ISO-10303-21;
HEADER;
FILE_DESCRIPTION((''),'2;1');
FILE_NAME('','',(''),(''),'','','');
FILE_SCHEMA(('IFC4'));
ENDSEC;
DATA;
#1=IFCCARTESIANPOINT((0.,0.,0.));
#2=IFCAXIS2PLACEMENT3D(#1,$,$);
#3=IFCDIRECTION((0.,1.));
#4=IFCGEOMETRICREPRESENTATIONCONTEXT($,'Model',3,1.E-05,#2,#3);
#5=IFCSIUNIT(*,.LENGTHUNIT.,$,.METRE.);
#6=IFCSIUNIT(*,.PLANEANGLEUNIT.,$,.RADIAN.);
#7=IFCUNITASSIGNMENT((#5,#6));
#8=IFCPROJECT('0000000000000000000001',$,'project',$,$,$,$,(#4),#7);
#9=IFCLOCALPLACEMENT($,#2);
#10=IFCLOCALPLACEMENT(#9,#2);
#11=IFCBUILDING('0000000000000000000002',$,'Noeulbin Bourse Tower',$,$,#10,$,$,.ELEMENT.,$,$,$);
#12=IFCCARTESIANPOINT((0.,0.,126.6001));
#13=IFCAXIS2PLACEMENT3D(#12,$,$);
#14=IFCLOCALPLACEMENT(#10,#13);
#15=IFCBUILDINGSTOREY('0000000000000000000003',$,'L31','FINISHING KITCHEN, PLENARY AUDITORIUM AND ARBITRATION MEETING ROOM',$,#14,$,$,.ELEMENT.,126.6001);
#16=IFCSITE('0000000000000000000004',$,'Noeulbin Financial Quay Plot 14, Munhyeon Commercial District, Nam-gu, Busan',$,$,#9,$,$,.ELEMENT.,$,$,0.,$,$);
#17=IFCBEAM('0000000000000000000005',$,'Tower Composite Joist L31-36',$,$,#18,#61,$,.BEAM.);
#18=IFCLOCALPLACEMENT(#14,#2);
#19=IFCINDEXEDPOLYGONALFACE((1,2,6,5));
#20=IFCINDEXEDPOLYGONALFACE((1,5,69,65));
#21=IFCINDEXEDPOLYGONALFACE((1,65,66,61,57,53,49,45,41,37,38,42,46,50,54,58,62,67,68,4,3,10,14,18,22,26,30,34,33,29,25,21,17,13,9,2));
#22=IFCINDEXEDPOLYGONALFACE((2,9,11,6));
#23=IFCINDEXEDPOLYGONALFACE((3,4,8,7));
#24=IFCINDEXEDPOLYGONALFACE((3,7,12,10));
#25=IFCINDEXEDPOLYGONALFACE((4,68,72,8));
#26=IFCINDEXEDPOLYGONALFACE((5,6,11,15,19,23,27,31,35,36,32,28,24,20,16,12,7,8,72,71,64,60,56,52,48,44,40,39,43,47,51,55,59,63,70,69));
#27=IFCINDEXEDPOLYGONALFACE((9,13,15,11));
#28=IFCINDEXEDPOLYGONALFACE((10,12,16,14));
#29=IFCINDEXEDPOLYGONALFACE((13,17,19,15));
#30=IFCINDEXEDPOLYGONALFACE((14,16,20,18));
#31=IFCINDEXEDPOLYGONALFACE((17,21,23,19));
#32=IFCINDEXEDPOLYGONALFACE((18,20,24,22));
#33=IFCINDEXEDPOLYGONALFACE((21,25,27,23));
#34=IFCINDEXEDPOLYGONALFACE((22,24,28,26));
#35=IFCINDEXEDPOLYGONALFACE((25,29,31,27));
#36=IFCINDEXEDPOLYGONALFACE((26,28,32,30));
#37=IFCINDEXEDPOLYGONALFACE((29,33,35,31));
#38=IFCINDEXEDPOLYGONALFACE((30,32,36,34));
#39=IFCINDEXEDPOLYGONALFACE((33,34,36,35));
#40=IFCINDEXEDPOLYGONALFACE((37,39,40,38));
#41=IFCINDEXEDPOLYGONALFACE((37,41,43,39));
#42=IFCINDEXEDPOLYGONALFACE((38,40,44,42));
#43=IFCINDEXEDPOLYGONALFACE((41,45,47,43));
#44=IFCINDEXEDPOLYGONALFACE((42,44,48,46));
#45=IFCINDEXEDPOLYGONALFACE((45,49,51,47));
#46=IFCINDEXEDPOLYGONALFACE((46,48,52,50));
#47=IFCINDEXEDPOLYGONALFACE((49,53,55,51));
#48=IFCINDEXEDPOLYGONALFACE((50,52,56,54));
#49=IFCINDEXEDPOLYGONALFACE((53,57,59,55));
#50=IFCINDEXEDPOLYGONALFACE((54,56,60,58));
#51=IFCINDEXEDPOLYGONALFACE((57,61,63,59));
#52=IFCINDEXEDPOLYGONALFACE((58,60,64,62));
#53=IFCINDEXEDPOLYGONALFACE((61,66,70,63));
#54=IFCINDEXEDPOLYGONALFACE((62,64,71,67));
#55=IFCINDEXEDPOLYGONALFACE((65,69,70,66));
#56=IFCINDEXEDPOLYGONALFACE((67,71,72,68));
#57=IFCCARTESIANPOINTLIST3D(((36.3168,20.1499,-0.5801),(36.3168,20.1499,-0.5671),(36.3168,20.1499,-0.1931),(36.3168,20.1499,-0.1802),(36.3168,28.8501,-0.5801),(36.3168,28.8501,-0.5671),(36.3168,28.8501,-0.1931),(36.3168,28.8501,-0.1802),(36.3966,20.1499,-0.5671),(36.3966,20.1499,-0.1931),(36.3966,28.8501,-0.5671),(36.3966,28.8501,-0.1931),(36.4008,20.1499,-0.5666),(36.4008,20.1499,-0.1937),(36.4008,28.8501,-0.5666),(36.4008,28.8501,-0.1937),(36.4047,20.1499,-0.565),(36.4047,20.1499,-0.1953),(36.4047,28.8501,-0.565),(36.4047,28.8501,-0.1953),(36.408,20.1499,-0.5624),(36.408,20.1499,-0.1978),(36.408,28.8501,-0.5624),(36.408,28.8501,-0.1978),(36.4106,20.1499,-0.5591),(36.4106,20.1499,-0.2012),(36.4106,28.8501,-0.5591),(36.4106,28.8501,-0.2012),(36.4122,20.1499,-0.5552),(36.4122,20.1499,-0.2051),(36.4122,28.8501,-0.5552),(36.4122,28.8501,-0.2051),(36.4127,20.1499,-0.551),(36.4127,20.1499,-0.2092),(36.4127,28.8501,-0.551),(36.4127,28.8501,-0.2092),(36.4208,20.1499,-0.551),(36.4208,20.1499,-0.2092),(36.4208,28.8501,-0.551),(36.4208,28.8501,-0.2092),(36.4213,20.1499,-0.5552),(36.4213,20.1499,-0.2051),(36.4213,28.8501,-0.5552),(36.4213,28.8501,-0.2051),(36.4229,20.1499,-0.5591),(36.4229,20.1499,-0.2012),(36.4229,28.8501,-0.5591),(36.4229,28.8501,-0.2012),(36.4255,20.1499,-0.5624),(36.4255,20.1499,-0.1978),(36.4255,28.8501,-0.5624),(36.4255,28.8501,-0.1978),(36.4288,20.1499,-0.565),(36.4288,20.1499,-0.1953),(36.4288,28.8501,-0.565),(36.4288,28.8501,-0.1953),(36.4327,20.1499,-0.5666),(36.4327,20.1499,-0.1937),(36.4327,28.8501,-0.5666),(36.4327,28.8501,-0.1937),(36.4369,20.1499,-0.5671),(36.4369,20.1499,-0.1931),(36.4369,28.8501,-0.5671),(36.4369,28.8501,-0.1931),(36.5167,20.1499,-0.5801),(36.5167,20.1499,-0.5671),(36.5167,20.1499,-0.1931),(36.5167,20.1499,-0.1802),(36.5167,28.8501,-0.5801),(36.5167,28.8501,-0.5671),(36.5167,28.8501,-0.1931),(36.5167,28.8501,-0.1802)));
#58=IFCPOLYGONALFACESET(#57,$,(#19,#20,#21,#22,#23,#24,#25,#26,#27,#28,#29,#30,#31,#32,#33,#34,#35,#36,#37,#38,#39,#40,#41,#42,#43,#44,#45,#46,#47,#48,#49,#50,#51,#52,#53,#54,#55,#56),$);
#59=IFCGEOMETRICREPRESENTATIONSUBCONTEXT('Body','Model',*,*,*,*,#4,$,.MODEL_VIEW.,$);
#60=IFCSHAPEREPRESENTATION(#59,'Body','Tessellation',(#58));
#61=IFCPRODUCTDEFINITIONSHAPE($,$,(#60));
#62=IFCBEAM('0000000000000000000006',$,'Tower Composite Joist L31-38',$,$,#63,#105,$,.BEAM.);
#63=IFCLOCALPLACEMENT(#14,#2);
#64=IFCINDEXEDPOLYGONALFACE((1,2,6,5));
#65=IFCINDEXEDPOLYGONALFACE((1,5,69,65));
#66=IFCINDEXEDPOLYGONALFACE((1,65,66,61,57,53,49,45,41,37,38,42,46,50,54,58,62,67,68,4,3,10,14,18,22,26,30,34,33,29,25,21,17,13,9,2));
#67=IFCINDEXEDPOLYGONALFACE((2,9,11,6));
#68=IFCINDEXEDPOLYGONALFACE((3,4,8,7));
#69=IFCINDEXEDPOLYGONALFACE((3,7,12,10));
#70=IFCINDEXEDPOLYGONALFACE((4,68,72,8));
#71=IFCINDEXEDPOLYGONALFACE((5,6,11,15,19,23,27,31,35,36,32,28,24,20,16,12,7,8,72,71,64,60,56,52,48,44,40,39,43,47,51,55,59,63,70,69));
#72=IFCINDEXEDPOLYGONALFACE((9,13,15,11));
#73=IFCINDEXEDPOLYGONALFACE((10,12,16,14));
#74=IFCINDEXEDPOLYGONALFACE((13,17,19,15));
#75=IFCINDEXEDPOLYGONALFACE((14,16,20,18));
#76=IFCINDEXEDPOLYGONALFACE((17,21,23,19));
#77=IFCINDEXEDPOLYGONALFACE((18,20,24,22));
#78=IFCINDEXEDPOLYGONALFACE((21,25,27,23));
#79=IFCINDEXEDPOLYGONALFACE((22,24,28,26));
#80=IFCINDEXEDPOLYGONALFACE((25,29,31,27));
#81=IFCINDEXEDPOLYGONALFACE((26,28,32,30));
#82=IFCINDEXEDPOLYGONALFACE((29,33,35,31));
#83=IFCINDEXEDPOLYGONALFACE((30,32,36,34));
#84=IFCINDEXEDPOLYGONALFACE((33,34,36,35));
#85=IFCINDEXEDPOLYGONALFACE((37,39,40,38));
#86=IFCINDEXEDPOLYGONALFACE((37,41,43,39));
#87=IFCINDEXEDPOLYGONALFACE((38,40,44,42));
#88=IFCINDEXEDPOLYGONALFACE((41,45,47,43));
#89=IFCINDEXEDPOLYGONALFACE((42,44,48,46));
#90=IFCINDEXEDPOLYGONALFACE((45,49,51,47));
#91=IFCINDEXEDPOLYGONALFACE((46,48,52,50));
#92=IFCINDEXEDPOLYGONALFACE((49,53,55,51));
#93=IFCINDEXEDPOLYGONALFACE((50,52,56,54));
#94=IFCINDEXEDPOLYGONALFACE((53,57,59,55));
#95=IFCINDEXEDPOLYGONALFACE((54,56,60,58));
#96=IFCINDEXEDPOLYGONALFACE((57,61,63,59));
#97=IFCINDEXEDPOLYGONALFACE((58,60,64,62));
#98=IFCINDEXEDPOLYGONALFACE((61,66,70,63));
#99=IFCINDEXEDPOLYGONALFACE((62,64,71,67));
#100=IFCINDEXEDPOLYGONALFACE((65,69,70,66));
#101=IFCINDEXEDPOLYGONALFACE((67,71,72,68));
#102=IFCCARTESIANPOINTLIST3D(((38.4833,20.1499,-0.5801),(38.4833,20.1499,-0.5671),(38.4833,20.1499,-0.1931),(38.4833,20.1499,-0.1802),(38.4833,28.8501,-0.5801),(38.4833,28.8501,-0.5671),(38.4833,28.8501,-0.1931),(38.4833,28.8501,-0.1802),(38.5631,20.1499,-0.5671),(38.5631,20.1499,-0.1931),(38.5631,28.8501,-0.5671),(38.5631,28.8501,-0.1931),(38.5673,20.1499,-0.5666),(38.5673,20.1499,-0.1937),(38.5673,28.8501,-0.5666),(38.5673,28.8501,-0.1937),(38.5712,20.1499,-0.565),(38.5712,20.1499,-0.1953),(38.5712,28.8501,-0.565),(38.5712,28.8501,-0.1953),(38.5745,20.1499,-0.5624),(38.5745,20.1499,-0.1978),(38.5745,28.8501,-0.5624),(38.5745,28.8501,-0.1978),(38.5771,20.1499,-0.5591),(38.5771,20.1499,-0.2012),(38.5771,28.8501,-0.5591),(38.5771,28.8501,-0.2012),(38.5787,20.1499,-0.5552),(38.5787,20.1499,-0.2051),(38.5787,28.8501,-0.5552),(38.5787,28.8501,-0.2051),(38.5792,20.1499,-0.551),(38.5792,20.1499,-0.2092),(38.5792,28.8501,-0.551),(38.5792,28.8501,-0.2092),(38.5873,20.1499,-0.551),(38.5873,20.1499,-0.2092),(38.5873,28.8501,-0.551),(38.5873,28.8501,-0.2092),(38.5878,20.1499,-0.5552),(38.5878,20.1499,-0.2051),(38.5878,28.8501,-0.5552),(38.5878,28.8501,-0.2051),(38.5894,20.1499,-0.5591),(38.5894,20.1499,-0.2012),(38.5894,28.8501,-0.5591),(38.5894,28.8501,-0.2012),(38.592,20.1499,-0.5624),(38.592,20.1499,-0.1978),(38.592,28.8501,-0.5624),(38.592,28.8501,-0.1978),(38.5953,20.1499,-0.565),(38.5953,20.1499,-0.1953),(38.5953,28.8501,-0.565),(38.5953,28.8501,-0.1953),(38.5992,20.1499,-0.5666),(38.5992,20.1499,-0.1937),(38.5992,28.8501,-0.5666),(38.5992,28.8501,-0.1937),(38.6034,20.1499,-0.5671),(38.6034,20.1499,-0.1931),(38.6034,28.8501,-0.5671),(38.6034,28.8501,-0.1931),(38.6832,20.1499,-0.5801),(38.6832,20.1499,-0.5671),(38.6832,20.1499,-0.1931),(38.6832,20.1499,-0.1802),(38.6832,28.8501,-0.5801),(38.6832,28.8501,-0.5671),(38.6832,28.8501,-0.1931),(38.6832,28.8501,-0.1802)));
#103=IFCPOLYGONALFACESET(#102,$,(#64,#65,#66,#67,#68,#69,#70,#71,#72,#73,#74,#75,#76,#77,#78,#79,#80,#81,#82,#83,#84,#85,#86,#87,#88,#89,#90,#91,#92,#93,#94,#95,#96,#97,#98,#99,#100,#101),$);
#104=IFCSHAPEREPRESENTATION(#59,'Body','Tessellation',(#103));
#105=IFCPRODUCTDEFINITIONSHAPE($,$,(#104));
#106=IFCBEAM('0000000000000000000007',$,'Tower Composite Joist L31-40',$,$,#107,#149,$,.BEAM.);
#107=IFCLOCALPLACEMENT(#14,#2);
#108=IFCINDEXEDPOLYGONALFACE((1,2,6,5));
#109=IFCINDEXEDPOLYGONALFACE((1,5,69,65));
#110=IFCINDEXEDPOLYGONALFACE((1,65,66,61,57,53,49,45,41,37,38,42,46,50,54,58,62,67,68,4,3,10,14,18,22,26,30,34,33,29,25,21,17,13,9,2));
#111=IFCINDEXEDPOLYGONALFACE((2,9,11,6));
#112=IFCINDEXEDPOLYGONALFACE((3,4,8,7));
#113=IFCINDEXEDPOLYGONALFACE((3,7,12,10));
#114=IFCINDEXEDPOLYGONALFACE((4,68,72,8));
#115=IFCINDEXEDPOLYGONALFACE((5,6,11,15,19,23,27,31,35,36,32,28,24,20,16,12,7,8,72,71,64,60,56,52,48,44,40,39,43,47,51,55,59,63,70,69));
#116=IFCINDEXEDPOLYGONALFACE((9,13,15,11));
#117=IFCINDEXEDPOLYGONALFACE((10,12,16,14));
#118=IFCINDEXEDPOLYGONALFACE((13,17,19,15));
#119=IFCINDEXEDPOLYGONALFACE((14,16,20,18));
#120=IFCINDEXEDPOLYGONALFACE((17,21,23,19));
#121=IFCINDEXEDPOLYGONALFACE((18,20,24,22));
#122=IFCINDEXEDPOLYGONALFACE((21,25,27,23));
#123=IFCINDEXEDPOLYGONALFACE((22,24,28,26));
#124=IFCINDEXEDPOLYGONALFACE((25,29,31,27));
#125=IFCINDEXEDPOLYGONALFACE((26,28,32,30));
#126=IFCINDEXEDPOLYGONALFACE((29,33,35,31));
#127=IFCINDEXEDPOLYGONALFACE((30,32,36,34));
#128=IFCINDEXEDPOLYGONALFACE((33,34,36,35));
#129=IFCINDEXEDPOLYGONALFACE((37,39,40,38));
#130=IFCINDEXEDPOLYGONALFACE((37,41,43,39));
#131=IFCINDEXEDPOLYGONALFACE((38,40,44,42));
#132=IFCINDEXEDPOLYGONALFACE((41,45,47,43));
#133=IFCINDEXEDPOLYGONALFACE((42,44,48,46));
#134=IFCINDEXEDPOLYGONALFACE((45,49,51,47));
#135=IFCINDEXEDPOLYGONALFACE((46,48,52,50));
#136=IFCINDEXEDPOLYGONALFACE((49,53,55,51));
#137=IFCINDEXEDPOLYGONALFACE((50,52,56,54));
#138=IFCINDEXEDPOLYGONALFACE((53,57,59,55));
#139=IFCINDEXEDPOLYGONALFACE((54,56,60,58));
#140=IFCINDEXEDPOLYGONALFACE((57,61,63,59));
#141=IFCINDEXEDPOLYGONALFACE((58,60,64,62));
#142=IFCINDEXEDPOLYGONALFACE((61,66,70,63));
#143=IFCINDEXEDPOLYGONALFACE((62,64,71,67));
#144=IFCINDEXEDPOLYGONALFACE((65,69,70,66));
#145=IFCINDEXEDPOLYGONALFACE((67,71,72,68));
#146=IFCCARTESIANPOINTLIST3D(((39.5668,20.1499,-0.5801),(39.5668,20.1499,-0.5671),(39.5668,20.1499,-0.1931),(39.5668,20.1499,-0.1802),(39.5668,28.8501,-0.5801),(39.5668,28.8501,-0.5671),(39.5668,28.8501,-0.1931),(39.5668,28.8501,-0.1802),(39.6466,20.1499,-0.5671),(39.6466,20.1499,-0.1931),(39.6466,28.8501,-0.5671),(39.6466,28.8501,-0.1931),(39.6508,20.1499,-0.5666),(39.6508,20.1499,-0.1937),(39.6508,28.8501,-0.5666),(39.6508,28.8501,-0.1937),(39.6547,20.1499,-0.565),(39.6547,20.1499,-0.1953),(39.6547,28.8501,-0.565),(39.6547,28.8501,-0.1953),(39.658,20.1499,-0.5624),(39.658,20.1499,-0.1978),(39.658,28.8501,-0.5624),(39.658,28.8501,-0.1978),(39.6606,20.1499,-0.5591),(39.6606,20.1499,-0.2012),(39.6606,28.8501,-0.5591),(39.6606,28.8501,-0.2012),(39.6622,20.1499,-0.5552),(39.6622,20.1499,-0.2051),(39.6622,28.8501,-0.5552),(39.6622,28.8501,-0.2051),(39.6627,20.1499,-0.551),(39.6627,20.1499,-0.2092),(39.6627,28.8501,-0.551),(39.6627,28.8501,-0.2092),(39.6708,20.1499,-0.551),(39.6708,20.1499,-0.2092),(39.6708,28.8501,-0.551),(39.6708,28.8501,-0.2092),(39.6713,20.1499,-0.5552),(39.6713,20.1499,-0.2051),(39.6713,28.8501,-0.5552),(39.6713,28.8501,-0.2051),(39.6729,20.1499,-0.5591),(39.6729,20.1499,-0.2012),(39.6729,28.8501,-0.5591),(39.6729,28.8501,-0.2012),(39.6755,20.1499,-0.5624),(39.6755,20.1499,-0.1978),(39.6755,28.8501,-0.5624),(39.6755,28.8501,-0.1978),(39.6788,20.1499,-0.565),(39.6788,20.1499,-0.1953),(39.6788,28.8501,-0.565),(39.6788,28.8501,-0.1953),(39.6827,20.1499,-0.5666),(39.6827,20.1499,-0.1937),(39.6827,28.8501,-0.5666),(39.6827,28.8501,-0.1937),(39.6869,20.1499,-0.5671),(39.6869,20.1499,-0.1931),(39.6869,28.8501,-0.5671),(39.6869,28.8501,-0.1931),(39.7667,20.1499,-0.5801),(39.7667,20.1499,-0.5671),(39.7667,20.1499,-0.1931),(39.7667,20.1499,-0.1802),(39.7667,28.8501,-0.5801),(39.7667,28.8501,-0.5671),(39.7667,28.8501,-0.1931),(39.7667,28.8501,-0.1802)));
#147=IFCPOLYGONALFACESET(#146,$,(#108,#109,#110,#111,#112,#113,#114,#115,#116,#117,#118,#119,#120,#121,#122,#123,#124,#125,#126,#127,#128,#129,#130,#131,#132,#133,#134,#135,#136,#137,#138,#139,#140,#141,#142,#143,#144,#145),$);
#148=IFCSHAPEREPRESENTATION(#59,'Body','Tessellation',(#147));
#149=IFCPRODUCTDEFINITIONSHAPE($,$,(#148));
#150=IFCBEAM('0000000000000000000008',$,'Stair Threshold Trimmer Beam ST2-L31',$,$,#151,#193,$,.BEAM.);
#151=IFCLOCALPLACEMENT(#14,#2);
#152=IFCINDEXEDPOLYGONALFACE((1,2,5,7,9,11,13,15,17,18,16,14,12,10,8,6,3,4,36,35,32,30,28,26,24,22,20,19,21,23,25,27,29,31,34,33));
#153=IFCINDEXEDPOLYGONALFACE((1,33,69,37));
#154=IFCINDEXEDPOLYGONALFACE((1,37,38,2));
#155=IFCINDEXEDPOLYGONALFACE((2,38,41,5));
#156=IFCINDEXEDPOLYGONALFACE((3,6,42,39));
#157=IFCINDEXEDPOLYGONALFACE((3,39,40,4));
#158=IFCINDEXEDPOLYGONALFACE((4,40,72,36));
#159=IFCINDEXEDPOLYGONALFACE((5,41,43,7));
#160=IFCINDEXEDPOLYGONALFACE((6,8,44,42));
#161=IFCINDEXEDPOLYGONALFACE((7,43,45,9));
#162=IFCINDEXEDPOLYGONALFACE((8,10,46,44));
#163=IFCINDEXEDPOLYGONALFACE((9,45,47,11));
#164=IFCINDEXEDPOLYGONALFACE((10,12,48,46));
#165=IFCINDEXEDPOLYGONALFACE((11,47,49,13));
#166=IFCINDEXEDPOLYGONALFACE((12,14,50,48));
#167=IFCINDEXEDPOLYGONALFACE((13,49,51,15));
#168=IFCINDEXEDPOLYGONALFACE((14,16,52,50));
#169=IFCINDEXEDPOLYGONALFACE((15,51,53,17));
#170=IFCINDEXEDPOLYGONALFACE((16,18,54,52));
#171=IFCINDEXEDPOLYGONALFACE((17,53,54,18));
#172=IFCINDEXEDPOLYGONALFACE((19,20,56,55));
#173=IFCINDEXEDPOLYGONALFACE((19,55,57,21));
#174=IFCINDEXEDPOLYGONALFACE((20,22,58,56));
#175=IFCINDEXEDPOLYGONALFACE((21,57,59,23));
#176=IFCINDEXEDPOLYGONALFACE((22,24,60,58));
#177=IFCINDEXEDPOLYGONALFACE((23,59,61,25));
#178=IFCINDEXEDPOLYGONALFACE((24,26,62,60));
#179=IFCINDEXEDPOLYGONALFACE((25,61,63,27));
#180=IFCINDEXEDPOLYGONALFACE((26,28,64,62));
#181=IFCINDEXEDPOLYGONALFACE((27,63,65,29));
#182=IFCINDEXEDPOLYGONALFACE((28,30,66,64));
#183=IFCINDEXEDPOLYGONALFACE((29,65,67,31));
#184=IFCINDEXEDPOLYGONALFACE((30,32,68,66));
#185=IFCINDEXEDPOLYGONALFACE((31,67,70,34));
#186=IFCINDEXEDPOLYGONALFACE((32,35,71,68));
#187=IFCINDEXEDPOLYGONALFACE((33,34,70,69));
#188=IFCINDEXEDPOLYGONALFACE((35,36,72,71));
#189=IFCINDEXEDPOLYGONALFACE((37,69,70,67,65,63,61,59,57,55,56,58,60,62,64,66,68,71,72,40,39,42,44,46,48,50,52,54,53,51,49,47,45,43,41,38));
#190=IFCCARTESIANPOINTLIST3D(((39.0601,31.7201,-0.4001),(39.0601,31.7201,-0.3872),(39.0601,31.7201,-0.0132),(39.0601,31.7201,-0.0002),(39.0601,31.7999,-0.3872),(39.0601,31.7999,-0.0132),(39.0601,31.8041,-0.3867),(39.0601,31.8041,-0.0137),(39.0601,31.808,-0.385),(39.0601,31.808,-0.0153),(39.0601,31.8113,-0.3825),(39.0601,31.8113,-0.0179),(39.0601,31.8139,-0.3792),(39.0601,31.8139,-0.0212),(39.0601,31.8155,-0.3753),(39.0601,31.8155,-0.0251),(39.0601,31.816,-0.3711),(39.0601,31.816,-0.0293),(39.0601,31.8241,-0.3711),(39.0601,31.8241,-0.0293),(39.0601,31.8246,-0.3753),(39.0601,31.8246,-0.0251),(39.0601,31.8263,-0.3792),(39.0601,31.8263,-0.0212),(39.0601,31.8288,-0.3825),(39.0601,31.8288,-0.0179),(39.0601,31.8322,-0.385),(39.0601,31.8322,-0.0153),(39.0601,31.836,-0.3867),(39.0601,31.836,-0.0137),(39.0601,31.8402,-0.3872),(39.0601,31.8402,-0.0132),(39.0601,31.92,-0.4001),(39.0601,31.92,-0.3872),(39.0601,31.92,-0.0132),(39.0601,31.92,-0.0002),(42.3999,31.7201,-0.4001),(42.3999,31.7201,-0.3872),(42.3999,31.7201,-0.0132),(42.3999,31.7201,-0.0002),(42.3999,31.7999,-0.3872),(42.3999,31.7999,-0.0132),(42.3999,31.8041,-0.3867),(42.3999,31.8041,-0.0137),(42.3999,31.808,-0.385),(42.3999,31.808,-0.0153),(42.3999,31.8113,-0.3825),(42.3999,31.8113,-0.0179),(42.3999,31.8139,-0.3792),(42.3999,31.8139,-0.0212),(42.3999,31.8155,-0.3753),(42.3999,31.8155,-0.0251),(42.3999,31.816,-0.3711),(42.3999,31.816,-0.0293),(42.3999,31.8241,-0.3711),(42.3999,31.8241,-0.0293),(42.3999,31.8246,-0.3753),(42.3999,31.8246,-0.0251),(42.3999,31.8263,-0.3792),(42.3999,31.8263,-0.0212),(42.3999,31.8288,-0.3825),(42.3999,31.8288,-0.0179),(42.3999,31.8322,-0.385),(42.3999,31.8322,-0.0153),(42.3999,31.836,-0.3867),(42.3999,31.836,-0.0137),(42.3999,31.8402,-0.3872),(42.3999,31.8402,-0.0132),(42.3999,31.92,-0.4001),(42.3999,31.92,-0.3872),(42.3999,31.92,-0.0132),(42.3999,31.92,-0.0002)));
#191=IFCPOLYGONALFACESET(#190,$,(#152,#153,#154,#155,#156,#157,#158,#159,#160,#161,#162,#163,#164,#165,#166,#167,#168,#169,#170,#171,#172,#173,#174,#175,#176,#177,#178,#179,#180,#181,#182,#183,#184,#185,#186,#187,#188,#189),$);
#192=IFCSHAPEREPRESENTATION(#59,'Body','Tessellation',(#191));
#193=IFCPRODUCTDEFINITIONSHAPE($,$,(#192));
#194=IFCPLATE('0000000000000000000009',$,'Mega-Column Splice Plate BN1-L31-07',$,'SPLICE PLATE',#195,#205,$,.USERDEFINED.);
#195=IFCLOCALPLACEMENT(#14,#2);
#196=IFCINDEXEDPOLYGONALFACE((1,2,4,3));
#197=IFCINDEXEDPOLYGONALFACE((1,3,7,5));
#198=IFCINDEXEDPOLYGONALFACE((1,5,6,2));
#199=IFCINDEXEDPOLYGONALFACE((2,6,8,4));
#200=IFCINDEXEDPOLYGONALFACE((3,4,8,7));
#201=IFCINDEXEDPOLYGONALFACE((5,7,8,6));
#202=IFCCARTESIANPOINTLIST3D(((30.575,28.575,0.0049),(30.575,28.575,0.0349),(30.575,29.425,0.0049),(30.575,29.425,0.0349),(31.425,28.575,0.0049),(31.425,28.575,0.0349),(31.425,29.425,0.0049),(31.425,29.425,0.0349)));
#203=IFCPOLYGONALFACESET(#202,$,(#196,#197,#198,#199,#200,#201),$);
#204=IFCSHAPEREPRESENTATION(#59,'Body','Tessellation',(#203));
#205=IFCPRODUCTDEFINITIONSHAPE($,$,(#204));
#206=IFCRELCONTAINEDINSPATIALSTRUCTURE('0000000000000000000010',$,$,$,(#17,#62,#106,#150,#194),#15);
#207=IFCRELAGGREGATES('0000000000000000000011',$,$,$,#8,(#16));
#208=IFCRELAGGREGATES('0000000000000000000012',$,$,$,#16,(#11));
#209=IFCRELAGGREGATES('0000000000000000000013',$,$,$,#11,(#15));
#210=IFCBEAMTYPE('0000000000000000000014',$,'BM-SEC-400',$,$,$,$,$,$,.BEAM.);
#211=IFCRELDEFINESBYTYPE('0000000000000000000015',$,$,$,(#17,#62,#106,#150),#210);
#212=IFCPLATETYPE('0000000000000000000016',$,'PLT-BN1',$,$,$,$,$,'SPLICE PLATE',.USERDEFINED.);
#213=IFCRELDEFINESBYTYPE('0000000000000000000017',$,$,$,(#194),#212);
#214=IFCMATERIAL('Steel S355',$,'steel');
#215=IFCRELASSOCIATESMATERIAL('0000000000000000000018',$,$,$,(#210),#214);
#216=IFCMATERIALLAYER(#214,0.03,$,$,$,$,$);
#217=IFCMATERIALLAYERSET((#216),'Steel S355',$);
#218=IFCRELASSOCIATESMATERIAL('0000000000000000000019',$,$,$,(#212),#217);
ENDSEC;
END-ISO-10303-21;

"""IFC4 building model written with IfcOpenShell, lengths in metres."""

from ifc_helpers import new_model, si_unit, direction, frame, origin, origin_2d, place, context, subcontext, project, spatial, rectangle, i_section, extrude, material, layer, layer_set, material_profile, profile_set, type_object, element, save


model = new_model("IFC4")

# Units and contexts
model_context = context("Model", 3, precision=1e-05, world=origin(), true_north=direction((0.0, 1.0)))
body_context = subcontext(model_context, "Body", "Model", "MODEL_VIEW")
ifc_project = project(units=[si_unit("LENGTHUNIT", "METRE"), si_unit("PLANEANGLEUNIT", "RADIAN")], contexts=[model_context])

# Site, building, storey
site_placement = place(None, origin())
site = spatial("IfcSite", under=ifc_project, at=site_placement, Name="Noeulbin Financial Quay Plot 14, Munhyeon Commercial District, Nam-gu, Busan", CompositionType="ELEMENT", RefElevation=0.0)
building_placement = place(site_placement, origin())
building = spatial("IfcBuilding", under=site, at=building_placement, Name="Noeulbin Bourse Tower", CompositionType="ELEMENT")
storey_placement = place(building_placement, frame((0.0, 0.0, 126.6001)))
storey = spatial("IfcBuildingStorey", under=building, at=storey_placement, Name="L31", Description="FINISHING KITCHEN, PLENARY AUDITORIUM AND ARBITRATION MEETING ROOM", CompositionType="ELEMENT", Elevation=126.6001)

# Beams
ifc_material_1 = material(Name="Steel S355", Category="steel")
ifc_material_profile_1 = material_profile(ifc_material_1, i_section(OverallWidth=0.2, OverallDepth=0.3999, WebThickness=0.0081, FlangeThickness=0.0129, FilletRadius=0.0161, at=origin_2d()), Name="H-400x200x8x13", Category="LoadBearing")
ifc_profile_set_1 = profile_set([ifc_material_profile_1], Name="Steel S355")
beam_type = type_object("IfcBeamType", Name="BM-SEC-400", PredefinedType="BEAM", material=ifc_profile_set_1)
for number, where, z_axis, x_axis, name in (
    (1, (36.4167, 20.1499, -0.3801), (0.0, 1.0, 0.0), (-1.0, 0.0, 0.0), "Tower Composite Joist L31-36"),
    (2, (38.5833, 20.1499, -0.3801), (0.0, 1.0, 0.0), (-1.0, 0.0, 0.0), "Tower Composite Joist L31-38"),
    (3, (39.6667, 20.1499, -0.3801), (0.0, 1.0, 0.0), (-1.0, 0.0, 0.0), "Tower Composite Joist L31-40"),
):
    element("IfcBeam", number, at=place(storey_placement, frame(where, z_axis=z_axis, x_axis=x_axis)), inside=storey, type_object=beam_type, Name=name, PredefinedType="BEAM", context=body_context, shape_type="SweptSolid", body=[
        extrude(i_section(OverallWidth=0.2, OverallDepth=0.3999, WebThickness=0.0081, FlangeThickness=0.0129, FilletRadius=0.0161, at=origin_2d()), origin(), (0.0, 0.0, 1.0), 8.7002),
    ])
beam_placement = place(storey_placement, frame((39.0601, 31.8201, -0.2002), z_axis=(1.0, 0.0, 0.0), x_axis=(0.0, 1.0, 0.0)))
element("IfcBeam", 4, at=beam_placement, inside=storey, type_object=beam_type, Name="Stair Threshold Trimmer Beam ST2-L31", PredefinedType="BEAM", context=body_context, shape_type="SweptSolid", body=[
    extrude(i_section(OverallWidth=0.2, OverallDepth=0.3999, WebThickness=0.0081, FlangeThickness=0.0129, FilletRadius=0.0161, at=origin_2d()), origin(), (0.0, 0.0, 1.0), 3.3398),
])

# Plate
ifc_layer_1 = layer(ifc_material_1, 0.03)
ifc_layer_set_1 = layer_set([ifc_layer_1], Name="Steel S355")
plate_type = type_object("IfcPlateType", Name="PLT-BN1", ElementType="SPLICE PLATE", PredefinedType="USERDEFINED", material=ifc_layer_set_1)
for number, where, z_axis, x_axis, name in (
    (5, (31.0, 29.0, 0.0049), (0.0, 0.0, 1.0), (1.0, 0.0, 0.0), "Mega-Column Splice Plate BN1-L31-07"),
):
    element("IfcPlate", number, at=place(storey_placement, frame(where, z_axis=z_axis, x_axis=x_axis)), inside=storey, type_object=plate_type, Name=name, ObjectType="SPLICE PLATE", PredefinedType="USERDEFINED", context=body_context, shape_type="SweptSolid", body=[
        extrude(rectangle(XDim=0.8501, YDim=0.8501, at=origin_2d()), origin(), (0.0, 0.0, 1.0), 0.03),
    ])

save(model, "model.ifc")
